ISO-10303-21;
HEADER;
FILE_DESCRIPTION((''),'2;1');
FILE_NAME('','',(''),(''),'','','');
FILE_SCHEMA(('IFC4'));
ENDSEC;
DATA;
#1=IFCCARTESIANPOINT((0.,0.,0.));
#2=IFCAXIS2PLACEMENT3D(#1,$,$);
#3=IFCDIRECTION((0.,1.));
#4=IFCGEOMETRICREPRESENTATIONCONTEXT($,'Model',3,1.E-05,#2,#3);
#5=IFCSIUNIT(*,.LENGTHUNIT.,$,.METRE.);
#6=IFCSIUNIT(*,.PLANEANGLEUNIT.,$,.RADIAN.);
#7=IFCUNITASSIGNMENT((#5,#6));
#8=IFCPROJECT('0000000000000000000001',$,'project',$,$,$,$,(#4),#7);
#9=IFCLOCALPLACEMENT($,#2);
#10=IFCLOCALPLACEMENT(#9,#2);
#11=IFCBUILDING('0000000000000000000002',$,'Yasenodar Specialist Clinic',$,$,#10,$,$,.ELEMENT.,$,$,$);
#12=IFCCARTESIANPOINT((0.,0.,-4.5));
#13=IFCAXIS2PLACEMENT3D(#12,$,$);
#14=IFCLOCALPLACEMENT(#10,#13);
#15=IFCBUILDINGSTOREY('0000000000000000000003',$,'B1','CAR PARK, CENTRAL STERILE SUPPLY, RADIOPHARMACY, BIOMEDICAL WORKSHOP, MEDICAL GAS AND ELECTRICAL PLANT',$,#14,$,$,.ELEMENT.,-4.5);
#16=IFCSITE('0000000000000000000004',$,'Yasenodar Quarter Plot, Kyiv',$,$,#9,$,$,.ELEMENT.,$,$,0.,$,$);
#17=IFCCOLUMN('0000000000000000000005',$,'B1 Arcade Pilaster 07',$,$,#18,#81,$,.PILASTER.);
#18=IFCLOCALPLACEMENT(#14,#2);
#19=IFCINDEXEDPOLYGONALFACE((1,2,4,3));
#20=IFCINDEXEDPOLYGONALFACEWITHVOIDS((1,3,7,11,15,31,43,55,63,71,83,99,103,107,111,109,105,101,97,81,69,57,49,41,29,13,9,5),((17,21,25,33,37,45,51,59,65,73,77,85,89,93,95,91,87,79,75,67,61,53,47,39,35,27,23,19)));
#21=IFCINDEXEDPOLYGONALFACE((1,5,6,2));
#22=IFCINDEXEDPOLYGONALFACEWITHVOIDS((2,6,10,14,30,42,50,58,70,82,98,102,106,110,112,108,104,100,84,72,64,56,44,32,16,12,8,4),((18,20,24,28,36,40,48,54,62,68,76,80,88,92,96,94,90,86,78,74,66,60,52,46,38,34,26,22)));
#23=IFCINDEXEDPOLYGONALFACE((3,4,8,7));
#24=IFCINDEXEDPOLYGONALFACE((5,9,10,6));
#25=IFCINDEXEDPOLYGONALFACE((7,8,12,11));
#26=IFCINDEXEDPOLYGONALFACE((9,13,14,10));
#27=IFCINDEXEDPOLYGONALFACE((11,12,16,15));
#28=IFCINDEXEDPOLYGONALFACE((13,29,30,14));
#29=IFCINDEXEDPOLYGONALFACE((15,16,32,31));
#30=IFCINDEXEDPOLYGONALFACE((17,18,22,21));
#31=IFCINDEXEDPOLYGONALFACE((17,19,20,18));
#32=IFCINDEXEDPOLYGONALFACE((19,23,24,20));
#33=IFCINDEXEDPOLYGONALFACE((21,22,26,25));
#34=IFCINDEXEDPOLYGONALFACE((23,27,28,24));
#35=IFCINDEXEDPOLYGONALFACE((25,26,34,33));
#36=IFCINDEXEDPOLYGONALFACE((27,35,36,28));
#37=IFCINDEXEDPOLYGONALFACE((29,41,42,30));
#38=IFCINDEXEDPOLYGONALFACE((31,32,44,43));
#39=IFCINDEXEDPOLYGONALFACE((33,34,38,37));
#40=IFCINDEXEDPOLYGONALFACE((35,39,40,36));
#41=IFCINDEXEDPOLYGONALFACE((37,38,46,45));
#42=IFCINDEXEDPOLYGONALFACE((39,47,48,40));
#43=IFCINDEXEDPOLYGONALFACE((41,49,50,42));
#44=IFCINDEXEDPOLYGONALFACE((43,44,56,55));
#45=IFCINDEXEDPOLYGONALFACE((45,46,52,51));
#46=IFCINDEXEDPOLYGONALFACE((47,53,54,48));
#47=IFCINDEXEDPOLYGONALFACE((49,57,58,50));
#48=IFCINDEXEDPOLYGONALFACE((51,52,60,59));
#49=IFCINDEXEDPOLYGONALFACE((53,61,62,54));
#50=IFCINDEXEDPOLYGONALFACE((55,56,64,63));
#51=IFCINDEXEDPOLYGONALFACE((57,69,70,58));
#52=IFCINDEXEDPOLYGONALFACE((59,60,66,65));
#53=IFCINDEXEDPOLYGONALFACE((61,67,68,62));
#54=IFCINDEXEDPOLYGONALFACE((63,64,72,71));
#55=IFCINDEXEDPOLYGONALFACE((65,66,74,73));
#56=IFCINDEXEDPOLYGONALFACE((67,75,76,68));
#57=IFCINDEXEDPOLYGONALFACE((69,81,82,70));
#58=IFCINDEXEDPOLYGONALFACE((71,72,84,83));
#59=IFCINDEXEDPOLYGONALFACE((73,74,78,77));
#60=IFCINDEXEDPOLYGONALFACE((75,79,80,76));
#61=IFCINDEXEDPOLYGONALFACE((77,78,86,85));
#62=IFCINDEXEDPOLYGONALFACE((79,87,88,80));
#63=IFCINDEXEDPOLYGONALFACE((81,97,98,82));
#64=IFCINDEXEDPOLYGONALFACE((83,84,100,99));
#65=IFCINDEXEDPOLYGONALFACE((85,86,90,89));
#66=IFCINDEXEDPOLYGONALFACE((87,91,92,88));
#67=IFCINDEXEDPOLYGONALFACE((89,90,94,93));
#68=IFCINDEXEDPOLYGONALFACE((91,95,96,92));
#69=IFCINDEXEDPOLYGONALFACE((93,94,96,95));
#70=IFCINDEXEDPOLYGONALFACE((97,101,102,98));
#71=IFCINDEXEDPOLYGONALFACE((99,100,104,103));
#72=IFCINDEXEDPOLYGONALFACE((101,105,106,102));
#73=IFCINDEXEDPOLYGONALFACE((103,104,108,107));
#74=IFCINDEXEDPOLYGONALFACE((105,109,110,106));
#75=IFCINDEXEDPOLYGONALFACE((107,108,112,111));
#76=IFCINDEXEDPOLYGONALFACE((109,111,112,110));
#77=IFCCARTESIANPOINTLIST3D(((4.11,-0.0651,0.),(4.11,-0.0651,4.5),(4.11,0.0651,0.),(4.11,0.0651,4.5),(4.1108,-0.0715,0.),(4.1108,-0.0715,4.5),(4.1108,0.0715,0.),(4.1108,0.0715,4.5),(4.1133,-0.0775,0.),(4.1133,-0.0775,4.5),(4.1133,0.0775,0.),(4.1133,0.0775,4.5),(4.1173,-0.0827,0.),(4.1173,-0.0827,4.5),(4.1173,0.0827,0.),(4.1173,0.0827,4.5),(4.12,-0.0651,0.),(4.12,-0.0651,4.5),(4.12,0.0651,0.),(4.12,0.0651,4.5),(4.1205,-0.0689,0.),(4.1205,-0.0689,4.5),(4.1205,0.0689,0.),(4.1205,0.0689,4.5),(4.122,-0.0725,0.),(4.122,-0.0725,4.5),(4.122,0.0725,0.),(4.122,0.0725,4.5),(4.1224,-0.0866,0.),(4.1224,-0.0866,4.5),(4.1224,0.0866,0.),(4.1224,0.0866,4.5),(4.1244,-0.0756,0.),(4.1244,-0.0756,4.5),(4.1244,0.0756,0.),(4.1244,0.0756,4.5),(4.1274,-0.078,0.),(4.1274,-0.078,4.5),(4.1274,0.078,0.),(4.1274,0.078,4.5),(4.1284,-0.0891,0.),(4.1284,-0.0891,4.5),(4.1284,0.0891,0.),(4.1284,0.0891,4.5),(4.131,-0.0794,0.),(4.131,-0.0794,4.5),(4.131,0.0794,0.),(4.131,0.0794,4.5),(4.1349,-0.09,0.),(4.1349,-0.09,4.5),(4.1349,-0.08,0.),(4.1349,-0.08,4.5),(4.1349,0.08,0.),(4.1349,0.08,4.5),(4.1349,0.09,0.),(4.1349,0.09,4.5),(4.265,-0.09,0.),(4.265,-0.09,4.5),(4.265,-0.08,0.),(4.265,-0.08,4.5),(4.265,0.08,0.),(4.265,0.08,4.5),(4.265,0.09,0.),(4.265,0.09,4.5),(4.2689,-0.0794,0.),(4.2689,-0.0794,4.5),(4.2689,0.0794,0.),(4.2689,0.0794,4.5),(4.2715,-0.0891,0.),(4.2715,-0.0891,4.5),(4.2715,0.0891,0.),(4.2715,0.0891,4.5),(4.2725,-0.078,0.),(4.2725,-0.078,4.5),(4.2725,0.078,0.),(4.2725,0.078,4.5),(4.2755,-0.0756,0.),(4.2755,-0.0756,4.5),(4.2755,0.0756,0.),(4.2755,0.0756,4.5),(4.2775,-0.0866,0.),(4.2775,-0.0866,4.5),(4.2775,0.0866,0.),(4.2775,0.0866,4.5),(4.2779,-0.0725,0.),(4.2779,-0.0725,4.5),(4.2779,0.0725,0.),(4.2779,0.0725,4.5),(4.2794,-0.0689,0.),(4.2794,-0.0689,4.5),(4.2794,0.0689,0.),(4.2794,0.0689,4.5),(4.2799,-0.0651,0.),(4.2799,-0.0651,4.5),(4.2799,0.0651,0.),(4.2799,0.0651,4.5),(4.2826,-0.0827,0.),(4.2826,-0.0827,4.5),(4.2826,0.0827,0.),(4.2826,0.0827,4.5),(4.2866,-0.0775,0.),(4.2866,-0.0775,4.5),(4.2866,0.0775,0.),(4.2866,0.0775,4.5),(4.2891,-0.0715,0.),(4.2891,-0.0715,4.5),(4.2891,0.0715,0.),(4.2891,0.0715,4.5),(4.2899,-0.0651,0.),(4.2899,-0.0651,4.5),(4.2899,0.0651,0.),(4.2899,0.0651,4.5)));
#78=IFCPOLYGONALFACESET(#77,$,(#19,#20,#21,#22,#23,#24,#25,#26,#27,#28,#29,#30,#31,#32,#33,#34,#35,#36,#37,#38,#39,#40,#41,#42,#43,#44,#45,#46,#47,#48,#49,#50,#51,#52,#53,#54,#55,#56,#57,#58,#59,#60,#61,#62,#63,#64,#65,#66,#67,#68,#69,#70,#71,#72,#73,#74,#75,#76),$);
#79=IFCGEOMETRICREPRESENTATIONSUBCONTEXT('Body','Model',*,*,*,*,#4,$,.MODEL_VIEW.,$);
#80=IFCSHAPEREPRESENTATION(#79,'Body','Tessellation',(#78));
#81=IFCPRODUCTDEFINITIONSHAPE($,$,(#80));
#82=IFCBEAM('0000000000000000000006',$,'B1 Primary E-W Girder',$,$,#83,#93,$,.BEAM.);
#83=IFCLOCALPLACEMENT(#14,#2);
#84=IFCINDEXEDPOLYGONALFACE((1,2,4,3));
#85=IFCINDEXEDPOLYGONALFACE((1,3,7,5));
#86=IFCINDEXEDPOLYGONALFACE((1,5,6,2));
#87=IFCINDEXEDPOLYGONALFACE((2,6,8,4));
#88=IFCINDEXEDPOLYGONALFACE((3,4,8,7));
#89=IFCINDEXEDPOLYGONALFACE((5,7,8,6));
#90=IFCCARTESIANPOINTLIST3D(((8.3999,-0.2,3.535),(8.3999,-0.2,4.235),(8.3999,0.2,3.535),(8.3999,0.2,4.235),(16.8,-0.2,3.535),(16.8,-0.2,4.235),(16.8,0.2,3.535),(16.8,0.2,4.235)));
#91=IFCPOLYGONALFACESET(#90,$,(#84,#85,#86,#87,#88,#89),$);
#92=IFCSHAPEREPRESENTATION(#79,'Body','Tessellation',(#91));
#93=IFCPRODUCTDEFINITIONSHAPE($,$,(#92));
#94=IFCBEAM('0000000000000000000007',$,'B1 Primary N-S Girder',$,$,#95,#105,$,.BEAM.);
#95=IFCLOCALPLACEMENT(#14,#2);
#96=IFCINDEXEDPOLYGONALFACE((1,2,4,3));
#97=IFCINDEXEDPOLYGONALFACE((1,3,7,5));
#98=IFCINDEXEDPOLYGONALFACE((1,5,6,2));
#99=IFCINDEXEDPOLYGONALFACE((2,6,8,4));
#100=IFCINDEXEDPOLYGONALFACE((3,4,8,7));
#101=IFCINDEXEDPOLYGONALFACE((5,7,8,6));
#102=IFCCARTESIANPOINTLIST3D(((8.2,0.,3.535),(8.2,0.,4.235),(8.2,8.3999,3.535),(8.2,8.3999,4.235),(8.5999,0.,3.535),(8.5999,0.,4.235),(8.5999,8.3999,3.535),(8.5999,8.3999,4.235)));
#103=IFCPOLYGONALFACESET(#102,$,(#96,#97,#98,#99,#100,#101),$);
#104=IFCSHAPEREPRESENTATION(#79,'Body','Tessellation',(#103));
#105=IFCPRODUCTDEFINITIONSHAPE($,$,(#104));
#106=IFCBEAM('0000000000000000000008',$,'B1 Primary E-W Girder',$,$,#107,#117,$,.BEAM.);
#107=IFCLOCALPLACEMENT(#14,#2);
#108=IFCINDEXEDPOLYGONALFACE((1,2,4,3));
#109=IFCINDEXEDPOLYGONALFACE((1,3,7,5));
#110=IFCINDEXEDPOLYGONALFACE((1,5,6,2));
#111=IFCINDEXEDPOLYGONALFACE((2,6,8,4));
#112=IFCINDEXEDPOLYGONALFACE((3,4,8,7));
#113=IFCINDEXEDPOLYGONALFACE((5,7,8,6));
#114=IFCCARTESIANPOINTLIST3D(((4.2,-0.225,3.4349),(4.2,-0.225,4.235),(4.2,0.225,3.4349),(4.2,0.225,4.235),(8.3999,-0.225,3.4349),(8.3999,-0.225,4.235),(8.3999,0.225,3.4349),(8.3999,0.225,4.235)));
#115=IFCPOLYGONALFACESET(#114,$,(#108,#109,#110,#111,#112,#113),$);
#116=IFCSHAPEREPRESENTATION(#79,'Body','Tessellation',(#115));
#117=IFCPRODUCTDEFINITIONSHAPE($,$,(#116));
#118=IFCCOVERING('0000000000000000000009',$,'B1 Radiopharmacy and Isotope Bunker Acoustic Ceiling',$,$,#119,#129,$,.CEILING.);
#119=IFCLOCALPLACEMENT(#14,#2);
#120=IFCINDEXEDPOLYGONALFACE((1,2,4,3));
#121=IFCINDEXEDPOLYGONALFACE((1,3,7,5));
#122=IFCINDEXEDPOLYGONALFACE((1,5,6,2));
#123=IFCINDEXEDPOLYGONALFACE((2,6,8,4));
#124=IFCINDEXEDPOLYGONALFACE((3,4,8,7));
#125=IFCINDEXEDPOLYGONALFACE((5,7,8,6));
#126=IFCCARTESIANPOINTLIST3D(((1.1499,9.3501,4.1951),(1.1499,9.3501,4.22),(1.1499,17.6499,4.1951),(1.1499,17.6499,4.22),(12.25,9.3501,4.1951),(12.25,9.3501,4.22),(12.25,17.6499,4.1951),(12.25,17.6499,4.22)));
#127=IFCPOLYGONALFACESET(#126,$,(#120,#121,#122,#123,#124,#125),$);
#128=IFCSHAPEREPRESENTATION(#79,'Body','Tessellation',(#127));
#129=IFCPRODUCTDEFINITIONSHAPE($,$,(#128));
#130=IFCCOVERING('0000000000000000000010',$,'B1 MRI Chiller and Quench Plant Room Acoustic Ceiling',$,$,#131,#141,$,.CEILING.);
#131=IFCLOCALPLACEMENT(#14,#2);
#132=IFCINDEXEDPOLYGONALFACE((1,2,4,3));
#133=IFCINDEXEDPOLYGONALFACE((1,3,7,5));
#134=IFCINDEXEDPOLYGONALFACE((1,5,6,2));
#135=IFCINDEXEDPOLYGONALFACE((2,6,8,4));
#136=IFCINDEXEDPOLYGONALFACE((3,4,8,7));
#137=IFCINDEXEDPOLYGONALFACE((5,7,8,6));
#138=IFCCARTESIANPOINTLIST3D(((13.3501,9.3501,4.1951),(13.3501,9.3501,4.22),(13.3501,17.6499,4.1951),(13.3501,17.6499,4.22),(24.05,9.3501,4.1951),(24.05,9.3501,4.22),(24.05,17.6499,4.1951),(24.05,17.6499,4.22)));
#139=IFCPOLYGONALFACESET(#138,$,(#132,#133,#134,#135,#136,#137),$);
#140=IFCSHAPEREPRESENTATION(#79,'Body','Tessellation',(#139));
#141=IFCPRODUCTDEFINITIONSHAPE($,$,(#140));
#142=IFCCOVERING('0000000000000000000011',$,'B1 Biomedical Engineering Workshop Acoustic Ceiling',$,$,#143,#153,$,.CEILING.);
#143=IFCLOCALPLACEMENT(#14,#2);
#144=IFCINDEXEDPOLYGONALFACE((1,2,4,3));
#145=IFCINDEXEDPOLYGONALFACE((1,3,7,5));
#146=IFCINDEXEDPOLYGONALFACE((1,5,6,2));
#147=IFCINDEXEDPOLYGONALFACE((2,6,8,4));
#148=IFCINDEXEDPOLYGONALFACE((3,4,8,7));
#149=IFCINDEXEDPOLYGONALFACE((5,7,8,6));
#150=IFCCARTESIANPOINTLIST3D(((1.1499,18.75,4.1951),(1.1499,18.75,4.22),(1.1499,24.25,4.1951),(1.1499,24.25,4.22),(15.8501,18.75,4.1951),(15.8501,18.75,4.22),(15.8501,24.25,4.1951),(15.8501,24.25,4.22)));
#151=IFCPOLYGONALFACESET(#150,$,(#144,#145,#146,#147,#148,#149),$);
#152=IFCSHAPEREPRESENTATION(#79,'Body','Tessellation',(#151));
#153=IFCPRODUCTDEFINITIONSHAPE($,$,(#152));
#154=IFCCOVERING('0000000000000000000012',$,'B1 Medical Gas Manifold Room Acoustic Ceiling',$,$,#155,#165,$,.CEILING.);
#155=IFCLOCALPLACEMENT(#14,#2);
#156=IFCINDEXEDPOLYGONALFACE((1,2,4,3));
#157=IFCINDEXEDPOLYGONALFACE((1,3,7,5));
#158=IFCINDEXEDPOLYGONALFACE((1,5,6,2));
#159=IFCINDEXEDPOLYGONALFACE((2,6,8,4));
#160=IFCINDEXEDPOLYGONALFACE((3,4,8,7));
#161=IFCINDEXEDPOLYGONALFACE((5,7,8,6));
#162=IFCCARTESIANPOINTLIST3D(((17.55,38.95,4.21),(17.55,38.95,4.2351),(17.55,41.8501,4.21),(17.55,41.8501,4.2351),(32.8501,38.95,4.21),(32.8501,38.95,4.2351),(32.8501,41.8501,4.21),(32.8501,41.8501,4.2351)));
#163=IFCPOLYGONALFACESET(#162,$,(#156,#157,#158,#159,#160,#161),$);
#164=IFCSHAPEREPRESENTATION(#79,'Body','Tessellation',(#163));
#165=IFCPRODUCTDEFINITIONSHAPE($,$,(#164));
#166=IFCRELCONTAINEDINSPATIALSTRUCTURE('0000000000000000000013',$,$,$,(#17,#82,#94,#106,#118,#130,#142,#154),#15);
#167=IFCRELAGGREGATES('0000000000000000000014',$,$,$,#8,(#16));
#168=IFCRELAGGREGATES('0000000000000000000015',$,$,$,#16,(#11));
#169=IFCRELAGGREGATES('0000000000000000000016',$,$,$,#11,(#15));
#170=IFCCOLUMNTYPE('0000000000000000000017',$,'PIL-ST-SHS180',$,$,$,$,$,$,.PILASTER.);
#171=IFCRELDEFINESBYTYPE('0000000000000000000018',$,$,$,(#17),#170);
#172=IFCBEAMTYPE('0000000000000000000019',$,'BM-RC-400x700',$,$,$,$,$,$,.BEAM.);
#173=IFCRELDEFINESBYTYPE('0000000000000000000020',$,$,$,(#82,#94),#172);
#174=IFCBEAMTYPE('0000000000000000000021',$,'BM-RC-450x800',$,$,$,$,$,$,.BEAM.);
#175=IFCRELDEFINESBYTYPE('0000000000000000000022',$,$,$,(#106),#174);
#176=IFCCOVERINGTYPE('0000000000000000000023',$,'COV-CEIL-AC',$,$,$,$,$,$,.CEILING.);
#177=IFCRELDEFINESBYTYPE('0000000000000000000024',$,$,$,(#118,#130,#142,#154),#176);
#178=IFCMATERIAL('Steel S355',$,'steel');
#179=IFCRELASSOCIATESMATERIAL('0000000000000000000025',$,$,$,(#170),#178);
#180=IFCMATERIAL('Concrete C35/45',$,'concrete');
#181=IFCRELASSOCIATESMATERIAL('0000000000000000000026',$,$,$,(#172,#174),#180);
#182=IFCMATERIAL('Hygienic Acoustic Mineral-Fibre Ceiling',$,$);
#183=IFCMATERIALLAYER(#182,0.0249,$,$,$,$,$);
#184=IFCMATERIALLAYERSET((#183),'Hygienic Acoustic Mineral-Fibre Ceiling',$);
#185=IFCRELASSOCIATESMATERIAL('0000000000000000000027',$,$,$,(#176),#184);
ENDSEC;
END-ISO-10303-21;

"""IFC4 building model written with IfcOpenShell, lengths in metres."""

from ifc_helpers import new_model, si_unit, direction, frame, origin, origin_2d, place, context, subcontext, project, spatial, polyline, rectangle, hollow_rectangle, outline, extrude, material, layer, layer_set, material_profile, profile_set, type_object, element, save


model = new_model("IFC4")

# Units and contexts
model_context = context("Model", 3, precision=1e-05, world=origin(), true_north=direction((0.0, 1.0)))
body_context = subcontext(model_context, "Body", "Model", "MODEL_VIEW")
ifc_project = project(units=[si_unit("LENGTHUNIT", "METRE"), si_unit("PLANEANGLEUNIT", "RADIAN")], contexts=[model_context])

# Site, building, storey
site_placement = place(None, origin())
site = spatial("IfcSite", under=ifc_project, at=site_placement, Name="Yasenodar Quarter Plot, Kyiv", CompositionType="ELEMENT", RefElevation=0.0)
building_placement = place(site_placement, origin())
building = spatial("IfcBuilding", under=site, at=building_placement, Name="Yasenodar Specialist Clinic", CompositionType="ELEMENT")
storey_placement = place(building_placement, frame((0.0, 0.0, -4.5)))
storey = spatial("IfcBuildingStorey", under=building, at=storey_placement, Name="B1", Description="CAR PARK, CENTRAL STERILE SUPPLY, RADIOPHARMACY, BIOMEDICAL WORKSHOP, MEDICAL GAS AND ELECTRICAL PLANT", CompositionType="ELEMENT", Elevation=-4.5)

# Shared definitions
ifc_material_1 = material(Name="Concrete C35/45", Category="concrete")

# Column
ifc_material_2 = material(Name="Steel S355", Category="steel")
ifc_material_profile_1 = material_profile(ifc_material_2, hollow_rectangle(XDim=0.1799, YDim=0.1799, WallThickness=0.01, InnerFilletRadius=0.0149, OuterFilletRadius=0.0249, at=origin_2d()), Name="SHS 180x180x10")
ifc_profile_set_1 = profile_set([ifc_material_profile_1], Name="Steel S355")
column_type_1 = type_object("IfcColumnType", Name="PIL-ST-SHS180", PredefinedType="PILASTER", material=ifc_profile_set_1)
column_1_placement = place(storey_placement, frame((4.2, 0.0, 0.0), z_axis=(0.0, 0.0, 1.0), x_axis=(1.0, 0.0, 0.0)))
element("IfcColumn", 1, at=column_1_placement, inside=storey, type_object=column_type_1, Name="B1 Arcade Pilaster 07", PredefinedType="PILASTER", context=body_context, shape_type="SweptSolid", body=[
    extrude(hollow_rectangle(XDim=0.1799, YDim=0.1799, WallThickness=0.01, InnerFilletRadius=0.0149, OuterFilletRadius=0.0249, at=origin_2d()), origin(), (0.0, 0.0, 1.0), 4.5),
])

# Beams
ifc_material_profile_2 = material_profile(ifc_material_1, rectangle(XDim=0.3999, YDim=0.7, at=origin_2d()), Name="RC 400x700")
ifc_profile_set_2 = profile_set([ifc_material_profile_2], Name="Concrete C35/45")
beam_type_1 = type_object("IfcBeamType", Name="BM-RC-400x700", PredefinedType="BEAM", material=ifc_profile_set_2)
beam_1_placement = place(storey_placement, frame((8.3999, 0.0, 3.885), z_axis=(1.0, 0.0, 0.0), x_axis=(0.0, 1.0, 0.0)))
element("IfcBeam", 2, at=beam_1_placement, inside=storey, type_object=beam_type_1, Name="B1 Primary E-W Girder", PredefinedType="BEAM", context=body_context, shape_type="SweptSolid", body=[
    extrude(rectangle(XDim=0.3999, YDim=0.7, at=origin_2d()), origin(), (0.0, 0.0, 1.0), 8.4001),
])
beam_2_placement = place(storey_placement, frame((8.3999, 0.0, 3.885), z_axis=(0.0, 1.0, 0.0), x_axis=(-1.0, 0.0, 0.0)))
element("IfcBeam", 3, at=beam_2_placement, inside=storey, type_object=beam_type_1, Name="B1 Primary N-S Girder", PredefinedType="BEAM", context=body_context, shape_type="SweptSolid", body=[
    extrude(rectangle(XDim=0.3999, YDim=0.7, at=origin_2d()), origin(), (0.0, 0.0, 1.0), 8.3999),
])
ifc_material_profile_3 = material_profile(ifc_material_1, rectangle(XDim=0.45, YDim=0.8, at=origin_2d()), Name="RC 450x800")
ifc_profile_set_3 = profile_set([ifc_material_profile_3], Name="Concrete C35/45")
beam_type_2 = type_object("IfcBeamType", Name="BM-RC-450x800", PredefinedType="BEAM", material=ifc_profile_set_3)
beam_3_placement = place(storey_placement, frame((4.2, 0.0, 3.835), z_axis=(1.0, 0.0, 0.0), x_axis=(0.0, 1.0, 0.0)))
element("IfcBeam", 4, at=beam_3_placement, inside=storey, type_object=beam_type_2, Name="B1 Primary E-W Girder", PredefinedType="BEAM", context=body_context, shape_type="SweptSolid", body=[
    extrude(rectangle(XDim=0.45, YDim=0.8, at=origin_2d()), origin(), (0.0, 0.0, 1.0), 4.2),
])

# Coverings
ifc_material_3 = material(Name="Hygienic Acoustic Mineral-Fibre Ceiling")
ifc_layer_1 = layer(ifc_material_3, 0.0249)
ifc_layer_set_1 = layer_set([ifc_layer_1], Name="Hygienic Acoustic Mineral-Fibre Ceiling")
covering_type_1 = type_object("IfcCoveringType", Name="COV-CEIL-AC", PredefinedType="CEILING", material=ifc_layer_set_1)
covering_1_placement = place(storey_placement, frame((0.0, 0.0, 4.1951)))
element("IfcCovering", 5, at=covering_1_placement, inside=storey, type_object=covering_type_1, Name="B1 Radiopharmacy and Isotope Bunker Acoustic Ceiling", PredefinedType="CEILING", context=body_context, shape_type="SweptSolid", body=[
    extrude(outline(polyline([(12.25, 9.3501), (1.1499, 9.3501), (1.1499, 17.6499), (12.25, 17.6499), (12.25, 9.3501)])), origin(), (0.0, 0.0, 1.0), 0.0249),
])
covering_2_placement = place(storey_placement, frame((0.0, 0.0, 4.1951)))
element("IfcCovering", 6, at=covering_2_placement, inside=storey, type_object=covering_type_1, Name="B1 MRI Chiller and Quench Plant Room Acoustic Ceiling", PredefinedType="CEILING", context=body_context, shape_type="SweptSolid", body=[
    extrude(outline(polyline([(24.05, 9.3501), (13.3501, 9.3501), (13.3501, 17.6499), (24.05, 17.6499), (24.05, 9.3501)])), origin(), (0.0, 0.0, 1.0), 0.0249),
])
covering_3_placement = place(storey_placement, frame((0.0, 0.0, 4.1951)))
element("IfcCovering", 7, at=covering_3_placement, inside=storey, type_object=covering_type_1, Name="B1 Biomedical Engineering Workshop Acoustic Ceiling", PredefinedType="CEILING", context=body_context, shape_type="SweptSolid", body=[
    extrude(outline(polyline([(15.8501, 18.75), (1.1499, 18.75), (1.1499, 24.25), (15.8501, 24.25), (15.8501, 18.75)])), origin(), (0.0, 0.0, 1.0), 0.0249),
])
covering_4_placement = place(storey_placement, frame((0.0, 0.0, 4.21)))
element("IfcCovering", 8, at=covering_4_placement, inside=storey, type_object=covering_type_1, Name="B1 Medical Gas Manifold Room Acoustic Ceiling", PredefinedType="CEILING", context=body_context, shape_type="SweptSolid", body=[
    extrude(outline(polyline([(32.8501, 38.95), (17.55, 38.95), (17.55, 41.8501), (32.8501, 41.8501), (32.8501, 38.95)])), origin(), (0.0, 0.0, 1.0), 0.0251),
])

save(model, "model.ifc")
